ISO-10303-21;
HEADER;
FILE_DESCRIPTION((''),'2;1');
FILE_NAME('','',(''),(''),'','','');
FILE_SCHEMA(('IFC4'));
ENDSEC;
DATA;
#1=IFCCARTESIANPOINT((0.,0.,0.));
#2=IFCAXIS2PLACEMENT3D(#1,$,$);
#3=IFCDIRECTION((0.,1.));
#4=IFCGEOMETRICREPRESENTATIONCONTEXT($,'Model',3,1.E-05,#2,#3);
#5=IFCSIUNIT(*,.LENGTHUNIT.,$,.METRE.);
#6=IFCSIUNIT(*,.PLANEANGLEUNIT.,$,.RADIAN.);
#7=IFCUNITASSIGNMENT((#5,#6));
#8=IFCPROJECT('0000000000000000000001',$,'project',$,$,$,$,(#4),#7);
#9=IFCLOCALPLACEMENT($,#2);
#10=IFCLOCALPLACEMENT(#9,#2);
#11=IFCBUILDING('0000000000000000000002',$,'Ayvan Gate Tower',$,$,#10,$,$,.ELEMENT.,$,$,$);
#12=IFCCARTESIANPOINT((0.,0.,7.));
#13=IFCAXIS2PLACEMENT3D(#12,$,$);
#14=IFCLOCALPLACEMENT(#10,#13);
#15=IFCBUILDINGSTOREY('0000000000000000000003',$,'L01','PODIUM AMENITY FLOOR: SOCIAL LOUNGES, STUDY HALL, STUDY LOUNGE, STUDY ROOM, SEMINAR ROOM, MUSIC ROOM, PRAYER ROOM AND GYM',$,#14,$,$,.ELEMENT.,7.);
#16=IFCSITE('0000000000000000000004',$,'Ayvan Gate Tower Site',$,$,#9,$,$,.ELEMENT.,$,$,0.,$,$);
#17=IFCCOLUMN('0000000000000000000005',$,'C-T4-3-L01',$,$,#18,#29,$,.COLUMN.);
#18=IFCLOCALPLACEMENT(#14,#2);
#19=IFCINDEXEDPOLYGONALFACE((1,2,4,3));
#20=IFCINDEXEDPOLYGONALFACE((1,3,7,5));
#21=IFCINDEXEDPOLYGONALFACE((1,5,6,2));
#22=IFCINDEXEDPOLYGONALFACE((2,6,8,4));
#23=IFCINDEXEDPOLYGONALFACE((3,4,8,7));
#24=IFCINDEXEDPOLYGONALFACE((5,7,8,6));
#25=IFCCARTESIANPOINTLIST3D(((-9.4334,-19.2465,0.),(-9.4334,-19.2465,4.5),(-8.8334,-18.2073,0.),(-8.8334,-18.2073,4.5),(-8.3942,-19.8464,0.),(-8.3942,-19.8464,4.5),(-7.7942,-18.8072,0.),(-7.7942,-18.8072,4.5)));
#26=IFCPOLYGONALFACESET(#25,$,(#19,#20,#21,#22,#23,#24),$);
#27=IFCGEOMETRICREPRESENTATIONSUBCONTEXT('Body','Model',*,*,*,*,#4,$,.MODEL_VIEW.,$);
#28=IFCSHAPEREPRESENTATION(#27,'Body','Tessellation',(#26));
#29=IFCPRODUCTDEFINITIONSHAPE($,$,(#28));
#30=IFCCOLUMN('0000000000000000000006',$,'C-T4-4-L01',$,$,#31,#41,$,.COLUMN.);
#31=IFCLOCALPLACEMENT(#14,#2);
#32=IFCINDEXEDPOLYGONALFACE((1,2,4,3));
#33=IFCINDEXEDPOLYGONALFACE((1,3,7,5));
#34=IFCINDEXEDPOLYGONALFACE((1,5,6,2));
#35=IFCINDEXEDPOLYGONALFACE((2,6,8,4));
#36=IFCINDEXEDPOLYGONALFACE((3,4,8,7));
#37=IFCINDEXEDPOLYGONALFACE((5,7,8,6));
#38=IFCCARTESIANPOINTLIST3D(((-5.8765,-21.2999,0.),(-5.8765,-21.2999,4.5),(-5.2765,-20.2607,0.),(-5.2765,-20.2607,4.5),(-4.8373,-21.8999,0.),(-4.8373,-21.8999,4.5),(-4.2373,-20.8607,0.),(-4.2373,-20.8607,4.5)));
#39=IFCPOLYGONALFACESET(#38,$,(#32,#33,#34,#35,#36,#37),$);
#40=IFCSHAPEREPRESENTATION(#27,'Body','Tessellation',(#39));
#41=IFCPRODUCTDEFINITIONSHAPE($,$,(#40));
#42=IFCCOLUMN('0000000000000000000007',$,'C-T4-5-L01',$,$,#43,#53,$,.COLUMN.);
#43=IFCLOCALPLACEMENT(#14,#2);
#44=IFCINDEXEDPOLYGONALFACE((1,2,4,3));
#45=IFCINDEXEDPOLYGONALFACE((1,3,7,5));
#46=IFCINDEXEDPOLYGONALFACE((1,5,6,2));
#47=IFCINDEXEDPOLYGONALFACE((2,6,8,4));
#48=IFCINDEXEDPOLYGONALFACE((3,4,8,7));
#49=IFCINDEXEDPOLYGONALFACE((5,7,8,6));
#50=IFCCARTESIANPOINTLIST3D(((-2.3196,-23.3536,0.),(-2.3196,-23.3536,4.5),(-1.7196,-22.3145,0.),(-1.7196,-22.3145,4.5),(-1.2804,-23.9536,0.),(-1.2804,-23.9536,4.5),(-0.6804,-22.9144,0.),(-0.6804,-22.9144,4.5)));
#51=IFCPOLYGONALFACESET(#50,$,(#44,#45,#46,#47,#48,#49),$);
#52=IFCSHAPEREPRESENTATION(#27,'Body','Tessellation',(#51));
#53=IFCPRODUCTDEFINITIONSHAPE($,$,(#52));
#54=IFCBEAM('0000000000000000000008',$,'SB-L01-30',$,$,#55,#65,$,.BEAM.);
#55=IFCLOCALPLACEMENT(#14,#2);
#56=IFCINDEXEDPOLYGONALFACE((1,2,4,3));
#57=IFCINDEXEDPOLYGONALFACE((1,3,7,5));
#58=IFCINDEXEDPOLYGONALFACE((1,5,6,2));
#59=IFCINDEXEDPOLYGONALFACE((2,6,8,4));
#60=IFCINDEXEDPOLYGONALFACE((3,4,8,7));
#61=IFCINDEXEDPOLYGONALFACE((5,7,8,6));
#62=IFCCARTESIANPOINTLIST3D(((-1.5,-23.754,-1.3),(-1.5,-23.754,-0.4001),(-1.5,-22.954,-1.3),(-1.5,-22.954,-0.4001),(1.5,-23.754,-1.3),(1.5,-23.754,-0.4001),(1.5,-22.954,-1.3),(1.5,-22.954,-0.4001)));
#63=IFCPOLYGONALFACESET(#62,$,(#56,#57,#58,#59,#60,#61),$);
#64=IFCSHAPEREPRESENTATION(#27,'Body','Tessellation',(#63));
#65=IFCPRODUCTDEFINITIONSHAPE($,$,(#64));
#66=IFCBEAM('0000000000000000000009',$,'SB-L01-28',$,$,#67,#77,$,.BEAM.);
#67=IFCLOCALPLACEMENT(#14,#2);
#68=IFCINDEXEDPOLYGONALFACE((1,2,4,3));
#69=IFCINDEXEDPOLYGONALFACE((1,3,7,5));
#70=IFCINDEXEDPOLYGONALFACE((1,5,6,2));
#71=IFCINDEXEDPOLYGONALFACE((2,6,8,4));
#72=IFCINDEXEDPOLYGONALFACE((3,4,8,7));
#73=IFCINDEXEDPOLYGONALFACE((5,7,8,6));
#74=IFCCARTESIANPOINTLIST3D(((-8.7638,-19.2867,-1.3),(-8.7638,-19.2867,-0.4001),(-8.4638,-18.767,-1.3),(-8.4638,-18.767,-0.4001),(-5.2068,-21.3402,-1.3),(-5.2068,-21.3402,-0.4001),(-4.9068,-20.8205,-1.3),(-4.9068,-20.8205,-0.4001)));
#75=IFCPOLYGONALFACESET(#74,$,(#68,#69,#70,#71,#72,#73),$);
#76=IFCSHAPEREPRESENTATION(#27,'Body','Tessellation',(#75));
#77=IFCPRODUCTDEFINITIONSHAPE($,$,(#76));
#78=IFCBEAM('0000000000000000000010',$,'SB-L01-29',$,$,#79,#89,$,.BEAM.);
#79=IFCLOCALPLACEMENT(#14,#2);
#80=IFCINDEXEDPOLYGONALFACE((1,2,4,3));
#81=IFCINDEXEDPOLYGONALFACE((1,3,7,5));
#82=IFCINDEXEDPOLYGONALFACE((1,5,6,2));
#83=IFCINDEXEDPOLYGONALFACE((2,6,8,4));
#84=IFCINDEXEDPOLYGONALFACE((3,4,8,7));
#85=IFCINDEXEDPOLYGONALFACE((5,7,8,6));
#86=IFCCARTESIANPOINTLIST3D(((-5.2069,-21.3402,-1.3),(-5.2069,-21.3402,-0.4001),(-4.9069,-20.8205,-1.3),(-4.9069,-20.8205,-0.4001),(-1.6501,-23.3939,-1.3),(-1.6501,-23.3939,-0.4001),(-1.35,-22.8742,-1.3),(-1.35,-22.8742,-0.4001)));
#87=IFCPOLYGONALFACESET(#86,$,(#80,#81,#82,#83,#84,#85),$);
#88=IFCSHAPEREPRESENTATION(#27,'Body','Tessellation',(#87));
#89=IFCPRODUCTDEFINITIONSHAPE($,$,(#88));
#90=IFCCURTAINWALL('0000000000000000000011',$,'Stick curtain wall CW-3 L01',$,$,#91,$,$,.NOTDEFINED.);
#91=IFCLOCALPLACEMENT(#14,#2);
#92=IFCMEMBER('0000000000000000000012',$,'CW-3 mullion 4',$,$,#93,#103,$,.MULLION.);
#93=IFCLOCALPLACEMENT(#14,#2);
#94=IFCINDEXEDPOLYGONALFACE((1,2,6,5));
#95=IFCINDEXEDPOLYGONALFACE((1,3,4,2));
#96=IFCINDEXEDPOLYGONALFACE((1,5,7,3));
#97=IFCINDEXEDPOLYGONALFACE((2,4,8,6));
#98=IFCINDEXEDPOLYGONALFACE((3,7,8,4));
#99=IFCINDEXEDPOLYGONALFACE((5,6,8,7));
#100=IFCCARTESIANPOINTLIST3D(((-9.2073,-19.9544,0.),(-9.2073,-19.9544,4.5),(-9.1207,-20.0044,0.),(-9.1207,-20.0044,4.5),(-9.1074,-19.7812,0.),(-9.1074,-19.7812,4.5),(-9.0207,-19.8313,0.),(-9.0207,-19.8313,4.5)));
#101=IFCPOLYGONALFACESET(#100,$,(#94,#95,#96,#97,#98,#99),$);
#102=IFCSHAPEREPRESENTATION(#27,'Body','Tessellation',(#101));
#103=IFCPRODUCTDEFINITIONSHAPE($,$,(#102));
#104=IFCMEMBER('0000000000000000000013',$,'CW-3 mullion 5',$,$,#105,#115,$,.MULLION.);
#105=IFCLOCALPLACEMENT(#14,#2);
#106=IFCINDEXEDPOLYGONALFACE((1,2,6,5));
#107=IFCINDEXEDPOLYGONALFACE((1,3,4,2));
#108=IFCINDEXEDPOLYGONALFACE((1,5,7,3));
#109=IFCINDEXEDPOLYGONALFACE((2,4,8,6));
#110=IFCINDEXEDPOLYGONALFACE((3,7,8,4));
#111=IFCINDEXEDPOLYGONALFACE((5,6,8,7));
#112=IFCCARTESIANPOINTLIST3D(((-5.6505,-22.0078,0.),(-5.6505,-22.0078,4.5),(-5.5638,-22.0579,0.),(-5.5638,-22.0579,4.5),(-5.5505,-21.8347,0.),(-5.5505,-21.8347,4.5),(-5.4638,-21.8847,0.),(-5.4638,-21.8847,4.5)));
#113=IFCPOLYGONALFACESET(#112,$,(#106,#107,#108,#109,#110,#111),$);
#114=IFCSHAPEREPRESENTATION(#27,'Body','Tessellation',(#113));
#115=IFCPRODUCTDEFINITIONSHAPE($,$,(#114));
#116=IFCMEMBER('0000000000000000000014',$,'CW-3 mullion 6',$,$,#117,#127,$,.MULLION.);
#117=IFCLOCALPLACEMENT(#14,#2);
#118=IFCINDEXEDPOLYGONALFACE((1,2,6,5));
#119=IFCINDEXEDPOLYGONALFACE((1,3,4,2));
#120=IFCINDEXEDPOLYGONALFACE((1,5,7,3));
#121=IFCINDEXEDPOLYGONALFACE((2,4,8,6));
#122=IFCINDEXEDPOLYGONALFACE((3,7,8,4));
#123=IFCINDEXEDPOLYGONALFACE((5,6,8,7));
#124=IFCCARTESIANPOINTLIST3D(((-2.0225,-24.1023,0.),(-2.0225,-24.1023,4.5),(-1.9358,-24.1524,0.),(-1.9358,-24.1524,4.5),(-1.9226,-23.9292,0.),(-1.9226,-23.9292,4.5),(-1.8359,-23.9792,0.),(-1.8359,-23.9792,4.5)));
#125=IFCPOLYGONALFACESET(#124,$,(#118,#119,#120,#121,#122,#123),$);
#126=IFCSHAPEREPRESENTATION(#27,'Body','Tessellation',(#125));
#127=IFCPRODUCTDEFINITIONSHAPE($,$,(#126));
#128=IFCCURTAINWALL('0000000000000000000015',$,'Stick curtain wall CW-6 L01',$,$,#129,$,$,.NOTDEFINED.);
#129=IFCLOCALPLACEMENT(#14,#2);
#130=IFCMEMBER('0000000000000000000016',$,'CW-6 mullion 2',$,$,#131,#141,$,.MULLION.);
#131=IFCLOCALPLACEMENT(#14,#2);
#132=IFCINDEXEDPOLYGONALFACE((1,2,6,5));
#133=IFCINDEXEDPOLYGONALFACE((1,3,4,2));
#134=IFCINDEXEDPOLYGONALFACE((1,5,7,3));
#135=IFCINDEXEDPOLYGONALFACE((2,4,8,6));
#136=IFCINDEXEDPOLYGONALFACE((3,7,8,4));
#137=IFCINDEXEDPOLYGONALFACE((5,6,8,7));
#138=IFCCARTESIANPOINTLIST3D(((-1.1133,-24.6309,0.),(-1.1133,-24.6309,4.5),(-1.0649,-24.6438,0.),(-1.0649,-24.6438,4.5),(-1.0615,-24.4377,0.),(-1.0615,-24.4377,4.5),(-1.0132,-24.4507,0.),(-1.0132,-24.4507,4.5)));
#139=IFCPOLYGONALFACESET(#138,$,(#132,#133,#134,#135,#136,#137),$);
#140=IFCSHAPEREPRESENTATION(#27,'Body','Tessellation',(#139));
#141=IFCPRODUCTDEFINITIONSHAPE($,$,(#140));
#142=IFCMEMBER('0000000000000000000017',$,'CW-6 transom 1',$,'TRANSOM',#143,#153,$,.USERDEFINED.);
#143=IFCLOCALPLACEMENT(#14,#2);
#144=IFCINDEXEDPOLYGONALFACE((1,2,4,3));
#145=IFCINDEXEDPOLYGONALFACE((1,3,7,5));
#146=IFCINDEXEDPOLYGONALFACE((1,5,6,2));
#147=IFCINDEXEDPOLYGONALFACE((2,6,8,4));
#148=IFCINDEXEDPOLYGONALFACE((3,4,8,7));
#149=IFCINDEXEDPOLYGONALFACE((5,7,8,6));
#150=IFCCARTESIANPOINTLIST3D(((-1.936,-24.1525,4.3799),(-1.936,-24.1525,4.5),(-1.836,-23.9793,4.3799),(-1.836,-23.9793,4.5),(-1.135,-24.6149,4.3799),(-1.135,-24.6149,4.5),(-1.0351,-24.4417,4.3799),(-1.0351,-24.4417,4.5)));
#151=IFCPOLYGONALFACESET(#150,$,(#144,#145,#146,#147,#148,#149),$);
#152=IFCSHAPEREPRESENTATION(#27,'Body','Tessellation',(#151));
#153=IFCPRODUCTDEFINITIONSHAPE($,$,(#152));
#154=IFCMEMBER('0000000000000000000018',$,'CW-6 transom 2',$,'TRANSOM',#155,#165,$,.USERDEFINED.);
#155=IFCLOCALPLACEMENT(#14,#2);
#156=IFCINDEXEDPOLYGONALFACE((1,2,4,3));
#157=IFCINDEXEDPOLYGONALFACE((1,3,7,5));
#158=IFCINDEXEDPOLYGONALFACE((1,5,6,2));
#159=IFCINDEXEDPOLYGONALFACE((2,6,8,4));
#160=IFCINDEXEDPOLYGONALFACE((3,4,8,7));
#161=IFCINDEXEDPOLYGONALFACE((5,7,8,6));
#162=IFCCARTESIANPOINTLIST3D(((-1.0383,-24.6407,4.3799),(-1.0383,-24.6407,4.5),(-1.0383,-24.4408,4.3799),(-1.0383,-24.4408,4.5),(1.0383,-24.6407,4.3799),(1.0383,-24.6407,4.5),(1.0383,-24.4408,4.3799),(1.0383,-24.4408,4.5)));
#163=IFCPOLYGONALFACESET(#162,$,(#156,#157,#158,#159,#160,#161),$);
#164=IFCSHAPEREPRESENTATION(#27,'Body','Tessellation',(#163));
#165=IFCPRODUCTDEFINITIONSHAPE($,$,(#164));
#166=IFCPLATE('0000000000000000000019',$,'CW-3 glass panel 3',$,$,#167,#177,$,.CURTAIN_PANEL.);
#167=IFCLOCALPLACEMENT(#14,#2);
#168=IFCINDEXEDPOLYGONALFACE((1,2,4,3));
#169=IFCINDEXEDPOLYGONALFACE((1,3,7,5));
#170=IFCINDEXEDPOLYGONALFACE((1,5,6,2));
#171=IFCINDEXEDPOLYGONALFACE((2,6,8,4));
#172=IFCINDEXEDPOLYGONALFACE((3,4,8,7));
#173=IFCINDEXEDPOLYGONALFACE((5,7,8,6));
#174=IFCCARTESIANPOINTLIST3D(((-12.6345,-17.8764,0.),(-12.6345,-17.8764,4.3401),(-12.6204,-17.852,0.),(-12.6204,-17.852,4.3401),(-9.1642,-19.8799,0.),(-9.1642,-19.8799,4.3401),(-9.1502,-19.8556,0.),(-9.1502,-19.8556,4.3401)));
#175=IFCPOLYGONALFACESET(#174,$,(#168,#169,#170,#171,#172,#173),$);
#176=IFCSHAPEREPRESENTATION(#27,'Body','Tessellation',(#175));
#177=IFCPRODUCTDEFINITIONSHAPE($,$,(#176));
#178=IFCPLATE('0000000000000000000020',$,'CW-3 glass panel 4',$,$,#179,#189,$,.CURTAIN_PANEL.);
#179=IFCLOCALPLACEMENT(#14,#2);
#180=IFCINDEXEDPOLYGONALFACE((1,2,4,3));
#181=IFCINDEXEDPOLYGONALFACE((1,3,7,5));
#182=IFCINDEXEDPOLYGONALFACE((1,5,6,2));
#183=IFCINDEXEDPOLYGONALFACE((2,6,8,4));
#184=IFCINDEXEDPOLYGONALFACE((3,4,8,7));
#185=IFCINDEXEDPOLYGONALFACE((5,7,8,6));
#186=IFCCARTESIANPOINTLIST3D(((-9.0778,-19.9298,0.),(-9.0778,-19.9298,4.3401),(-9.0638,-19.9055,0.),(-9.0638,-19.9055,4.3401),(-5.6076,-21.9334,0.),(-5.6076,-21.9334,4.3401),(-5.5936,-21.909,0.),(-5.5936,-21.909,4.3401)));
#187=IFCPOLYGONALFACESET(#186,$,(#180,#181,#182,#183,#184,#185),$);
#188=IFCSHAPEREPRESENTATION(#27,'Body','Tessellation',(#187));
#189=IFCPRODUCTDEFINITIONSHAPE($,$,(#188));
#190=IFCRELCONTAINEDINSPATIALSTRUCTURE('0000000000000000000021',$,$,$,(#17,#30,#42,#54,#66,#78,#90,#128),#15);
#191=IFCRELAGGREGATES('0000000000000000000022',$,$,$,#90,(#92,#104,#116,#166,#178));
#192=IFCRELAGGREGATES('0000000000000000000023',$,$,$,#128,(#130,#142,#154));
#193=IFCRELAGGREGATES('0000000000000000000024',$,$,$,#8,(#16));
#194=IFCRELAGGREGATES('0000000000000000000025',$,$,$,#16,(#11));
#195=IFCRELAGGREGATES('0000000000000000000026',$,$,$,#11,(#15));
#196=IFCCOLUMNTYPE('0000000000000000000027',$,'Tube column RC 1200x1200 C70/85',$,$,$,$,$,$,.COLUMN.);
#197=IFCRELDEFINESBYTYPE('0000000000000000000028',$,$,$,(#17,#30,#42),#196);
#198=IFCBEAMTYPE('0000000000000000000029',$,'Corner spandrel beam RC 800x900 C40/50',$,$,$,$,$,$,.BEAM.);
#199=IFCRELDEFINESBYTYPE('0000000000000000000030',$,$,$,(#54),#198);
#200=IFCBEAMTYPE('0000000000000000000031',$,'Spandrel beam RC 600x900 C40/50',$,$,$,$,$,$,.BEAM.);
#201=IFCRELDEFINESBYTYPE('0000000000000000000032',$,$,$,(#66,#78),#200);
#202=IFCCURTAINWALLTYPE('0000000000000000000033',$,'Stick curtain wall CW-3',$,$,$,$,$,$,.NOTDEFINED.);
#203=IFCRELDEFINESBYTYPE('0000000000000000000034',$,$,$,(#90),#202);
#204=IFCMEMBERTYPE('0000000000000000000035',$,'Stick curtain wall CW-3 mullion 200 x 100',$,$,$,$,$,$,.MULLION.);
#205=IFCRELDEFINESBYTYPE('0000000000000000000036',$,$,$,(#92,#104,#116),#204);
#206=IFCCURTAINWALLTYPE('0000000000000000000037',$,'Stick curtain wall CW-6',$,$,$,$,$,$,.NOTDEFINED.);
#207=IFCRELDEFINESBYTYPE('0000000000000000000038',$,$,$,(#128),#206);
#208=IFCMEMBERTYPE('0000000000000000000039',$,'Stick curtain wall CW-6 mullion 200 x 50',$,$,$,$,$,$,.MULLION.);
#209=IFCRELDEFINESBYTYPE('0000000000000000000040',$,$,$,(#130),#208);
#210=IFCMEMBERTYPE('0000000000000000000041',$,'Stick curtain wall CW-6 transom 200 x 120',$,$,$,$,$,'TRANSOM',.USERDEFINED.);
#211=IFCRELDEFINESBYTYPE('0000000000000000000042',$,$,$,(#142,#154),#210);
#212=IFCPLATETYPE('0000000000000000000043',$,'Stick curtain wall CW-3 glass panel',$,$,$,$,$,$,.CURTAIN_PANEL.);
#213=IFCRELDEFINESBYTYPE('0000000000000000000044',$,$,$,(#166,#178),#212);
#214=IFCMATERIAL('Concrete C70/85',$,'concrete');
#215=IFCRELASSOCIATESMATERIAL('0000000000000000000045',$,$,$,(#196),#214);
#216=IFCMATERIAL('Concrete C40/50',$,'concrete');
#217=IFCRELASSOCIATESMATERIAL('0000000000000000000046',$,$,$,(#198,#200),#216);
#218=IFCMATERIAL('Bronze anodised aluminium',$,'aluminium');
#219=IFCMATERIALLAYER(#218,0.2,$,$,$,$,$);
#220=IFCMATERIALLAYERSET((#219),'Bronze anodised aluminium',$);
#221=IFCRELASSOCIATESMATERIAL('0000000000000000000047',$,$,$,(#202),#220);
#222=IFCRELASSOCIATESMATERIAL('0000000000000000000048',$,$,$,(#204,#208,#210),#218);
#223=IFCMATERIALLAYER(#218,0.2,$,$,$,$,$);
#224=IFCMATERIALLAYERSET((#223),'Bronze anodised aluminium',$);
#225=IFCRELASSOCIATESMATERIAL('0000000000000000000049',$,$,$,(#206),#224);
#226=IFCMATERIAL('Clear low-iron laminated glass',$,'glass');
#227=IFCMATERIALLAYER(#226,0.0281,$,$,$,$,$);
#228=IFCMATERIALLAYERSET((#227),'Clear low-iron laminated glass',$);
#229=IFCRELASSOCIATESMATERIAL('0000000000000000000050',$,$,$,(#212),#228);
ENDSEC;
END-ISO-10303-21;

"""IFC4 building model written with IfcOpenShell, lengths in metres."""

from ifc_helpers import new_model, si_unit, direction, frame, origin, origin_2d, place, context, subcontext, project, spatial, rectangle, extrude, material, layer, layer_set, material_profile, profile_set, type_object, element, aggregate, save


model = new_model("IFC4")

# Units and contexts
model_context = context("Model", 3, precision=1e-05, world=origin(), true_north=direction((0.0, 1.0)))
body_context = subcontext(model_context, "Body", "Model", "MODEL_VIEW")
ifc_project = project(units=[si_unit("LENGTHUNIT", "METRE"), si_unit("PLANEANGLEUNIT", "RADIAN")], contexts=[model_context])

# Site, building, storey
site_placement = place(None, origin())
site = spatial("IfcSite", under=ifc_project, at=site_placement, Name="Ayvan Gate Tower Site", CompositionType="ELEMENT", RefElevation=0.0)
building_placement = place(site_placement, origin())
building = spatial("IfcBuilding", under=site, at=building_placement, Name="Ayvan Gate Tower", CompositionType="ELEMENT")
storey_placement = place(building_placement, frame((0.0, 0.0, 7.0)))
storey = spatial("IfcBuildingStorey", under=building, at=storey_placement, Name="L01", Description="PODIUM AMENITY FLOOR: SOCIAL LOUNGES, STUDY HALL, STUDY LOUNGE, STUDY ROOM, SEMINAR ROOM, MUSIC ROOM, PRAYER ROOM AND GYM", CompositionType="ELEMENT", Elevation=7.0)

# Columns
ifc_material_1 = material(Name="Concrete C70/85", Category="concrete")
ifc_material_profile_1 = material_profile(ifc_material_1, rectangle(XDim=1.2, YDim=1.2, at=origin_2d()), Name="RC 1200x1200")
ifc_profile_set_1 = profile_set([ifc_material_profile_1], Name="Concrete C70/85")
column_type = type_object("IfcColumnType", Name="Tube column RC 1200x1200 C70/85", PredefinedType="COLUMN", material=ifc_profile_set_1)
for number, where, z_axis, x_axis, name in (
    (1, (-8.6138, -19.0269, 0.0), (0.0, 0.0, 1.0), (-0.5, -0.866025, 0.0), "C-T4-3-L01"),
    (2, (-5.0569, -21.0803, 0.0), (0.0, 0.0, 1.0), (-0.5, -0.866025, 0.0), "C-T4-4-L01"),
    (3, (-1.5, -23.134, 0.0), (0.0, 0.0, 1.0), (-0.5, -0.866025, 0.0), "C-T4-5-L01"),
):
    element("IfcColumn", number, at=place(storey_placement, frame(where, z_axis=z_axis, x_axis=x_axis)), inside=storey, type_object=column_type, Name=name, PredefinedType="COLUMN", context=body_context, shape_type="SweptSolid", body=[
        extrude(rectangle(XDim=1.2, YDim=1.2, at=origin_2d()), origin(), (0.0, 0.0, 1.0), 4.5),
    ])

# Beams
ifc_material_2 = material(Name="Concrete C40/50", Category="concrete")
ifc_material_profile_2 = material_profile(ifc_material_2, rectangle(XDim=0.8, YDim=0.8999, at=origin_2d()), Name="RC 800x900")
ifc_profile_set_2 = profile_set([ifc_material_profile_2], Name="Concrete C40/50")
beam_type_1 = type_object("IfcBeamType", Name="Corner spandrel beam RC 800x900 C40/50", PredefinedType="BEAM", material=ifc_profile_set_2)
beam_placement = place(storey_placement, frame((-1.5, -23.354, -0.8501), z_axis=(1.0, 0.0, 0.0), x_axis=(0.0, 1.0, 0.0)))
element("IfcBeam", 4, at=beam_placement, inside=storey, type_object=beam_type_1, Name="SB-L01-30", PredefinedType="BEAM", context=body_context, shape_type="SweptSolid", body=[
    extrude(rectangle(XDim=0.8, YDim=0.8999, at=origin_2d()), origin(), (0.0, 0.0, 1.0), 3.0),
])
ifc_material_profile_3 = material_profile(ifc_material_2, rectangle(XDim=0.6001, YDim=0.8999, at=origin_2d()), Name="RC 600x900")
ifc_profile_set_3 = profile_set([ifc_material_profile_3], Name="Concrete C40/50")
beam_type_2 = type_object("IfcBeamType", Name="Spandrel beam RC 600x900 C40/50", PredefinedType="BEAM", material=ifc_profile_set_3)
for number, where, z_axis, x_axis, name in (
    (5, (-8.6138, -19.0269, -0.8501), (0.866036, -0.499981, 0.0), (0.499981, 0.866036, 0.0), "SB-L01-28"),
    (6, (-5.0569, -21.0803, -0.8501), (0.86601, -0.500026, 0.0), (0.500026, 0.86601, 0.0), "SB-L01-29"),
):
    element("IfcBeam", number, at=place(storey_placement, frame(where, z_axis=z_axis, x_axis=x_axis)), inside=storey, type_object=beam_type_2, Name=name, PredefinedType="BEAM", context=body_context, shape_type="SweptSolid", body=[
        extrude(rectangle(XDim=0.6001, YDim=0.8999, at=origin_2d()), origin(), (0.0, 0.0, 1.0), 4.1072),
    ])

# Curtain walls, members
ifc_material_3 = material(Name="Bronze anodised aluminium", Category="aluminium")
ifc_layer_1 = layer(ifc_material_3, 0.2)
ifc_layer_set_1 = layer_set([ifc_layer_1], Name="Bronze anodised aluminium")
curtain_wall_type_1 = type_object("IfcCurtainWallType", Name="Stick curtain wall CW-3", PredefinedType="NOTDEFINED", material=ifc_layer_set_1)
curtain_wall_1_placement = place(storey_placement, origin())
curtain_wall_1 = element("IfcCurtainWall", 7, at=curtain_wall_1_placement, inside=storey, type_object=curtain_wall_type_1, Name="Stick curtain wall CW-3 L01", PredefinedType="NOTDEFINED")
ifc_material_profile_4 = material_profile(ifc_material_3, rectangle(XDim=0.2, YDim=0.1001, at=origin_2d()), Name="Stick curtain wall CW-3 mullion 200 x 100")
ifc_profile_set_4 = profile_set([ifc_material_profile_4], Name="Bronze anodised aluminium")
member_type_1 = type_object("IfcMemberType", Name="Stick curtain wall CW-3 mullion 200 x 100", PredefinedType="MULLION", material=ifc_profile_set_4)
member_1_placement = place(storey_placement, frame((-9.114, -19.8928, 0.0), z_axis=(0.0, 0.0, 1.0), x_axis=(-0.5, -0.866025, 0.0)))
member_1 = element("IfcMember", 8, at=member_1_placement, type_object=member_type_1, Name="CW-3 mullion 4", PredefinedType="MULLION", context=body_context, shape_type="SweptSolid", body=[
    extrude(rectangle(XDim=0.2, YDim=0.1001, at=origin_2d()), origin(), (0.0, 0.0, 1.0), 4.5),
])
member_2_placement = place(storey_placement, frame((-5.5571, -21.9463, 0.0), z_axis=(0.0, 0.0, 1.0), x_axis=(-0.5, -0.866025, 0.0)))
member_2 = element("IfcMember", 9, at=member_2_placement, type_object=member_type_1, Name="CW-3 mullion 5", PredefinedType="MULLION", context=body_context, shape_type="SweptSolid", body=[
    extrude(rectangle(XDim=0.2, YDim=0.1001, at=origin_2d()), origin(), (0.0, 0.0, 1.0), 4.5),
])
member_3_placement = place(storey_placement, frame((-1.9292, -24.0408, 0.0), z_axis=(0.0, 0.0, 1.0), x_axis=(-0.5, -0.866025, 0.0)))
member_3 = element("IfcMember", 10, at=member_3_placement, type_object=member_type_1, Name="CW-3 mullion 6", PredefinedType="MULLION", context=body_context, shape_type="SweptSolid", body=[
    extrude(rectangle(XDim=0.2, YDim=0.1001, at=origin_2d()), origin(), (0.0, 0.0, 1.0), 4.5),
])
ifc_layer_2 = layer(ifc_material_3, 0.2)
ifc_layer_set_2 = layer_set([ifc_layer_2], Name="Bronze anodised aluminium")
curtain_wall_type_2 = type_object("IfcCurtainWallType", Name="Stick curtain wall CW-6", PredefinedType="NOTDEFINED", material=ifc_layer_set_2)
curtain_wall_2_placement = place(storey_placement, origin())
curtain_wall_2 = element("IfcCurtainWall", 11, at=curtain_wall_2_placement, inside=storey, type_object=curtain_wall_type_2, Name="Stick curtain wall CW-6 L01", PredefinedType="NOTDEFINED")
ifc_material_profile_5 = material_profile(ifc_material_3, rectangle(XDim=0.2, YDim=0.05, at=origin_2d()), Name="Stick curtain wall CW-6 mullion 200 x 50")
ifc_profile_set_5 = profile_set([ifc_material_profile_5], Name="Bronze anodised aluminium")
member_type_2 = type_object("IfcMemberType", Name="Stick curtain wall CW-6 mullion 200 x 50", PredefinedType="MULLION", material=ifc_profile_set_5)
member_4_placement = place(storey_placement, frame((-1.0632, -24.5408, 0.0), z_axis=(0.0, 0.0, 1.0), x_axis=(-0.258819, -0.965926, 0.0)))
member_4 = element("IfcMember", 12, at=member_4_placement, type_object=member_type_2, Name="CW-6 mullion 2", PredefinedType="MULLION", context=body_context, shape_type="SweptSolid", body=[
    extrude(rectangle(XDim=0.2, YDim=0.05, at=origin_2d()), origin(), (0.0, 0.0, 1.0), 4.5),
])
ifc_material_profile_6 = material_profile(ifc_material_3, rectangle(XDim=0.2, YDim=0.1201, at=origin_2d()), Name="Stick curtain wall CW-6 transom 200 x 120")
ifc_profile_set_6 = profile_set([ifc_material_profile_6], Name="Bronze anodised aluminium")
member_type_3 = type_object("IfcMemberType", Name="Stick curtain wall CW-6 transom 200 x 120", ElementType="TRANSOM", PredefinedType="USERDEFINED", material=ifc_profile_set_6)
member_5_placement = place(storey_placement, frame((-1.886, -24.0659, 4.4399), z_axis=(0.866058, -0.499943, 0.0), x_axis=(0.499943, 0.866058, 0.0)))
member_5 = element("IfcMember", 13, at=member_5_placement, type_object=member_type_3, Name="CW-6 transom 1", ObjectType="TRANSOM", PredefinedType="USERDEFINED", context=body_context, shape_type="SweptSolid", body=[
    extrude(rectangle(XDim=0.2, YDim=0.1201, at=origin_2d()), origin(), (0.0, 0.0, 1.0), 0.9248),
])
member_6_placement = place(storey_placement, frame((-1.0383, -24.5408, 4.4399), z_axis=(1.0, 0.0, 0.0), x_axis=(0.0, 1.0, 0.0)))
member_6 = element("IfcMember", 14, at=member_6_placement, type_object=member_type_3, Name="CW-6 transom 2", ObjectType="TRANSOM", PredefinedType="USERDEFINED", context=body_context, shape_type="SweptSolid", body=[
    extrude(rectangle(XDim=0.2, YDim=0.1201, at=origin_2d()), origin(), (0.0, 0.0, 1.0), 2.0767),
])

# Plates
ifc_material_4 = material(Name="Clear low-iron laminated glass", Category="glass")
ifc_layer_3 = layer(ifc_material_4, 0.0281)
ifc_layer_set_3 = layer_set([ifc_layer_3], Name="Clear low-iron laminated glass")
plate_type_1 = type_object("IfcPlateType", Name="Stick curtain wall CW-3 glass panel", PredefinedType="CURTAIN_PANEL", material=ifc_layer_set_3)
plate_1_placement = place(storey_placement, frame((-10.8923, -18.866, 0.0), z_axis=(0.0, 0.0, 1.0), x_axis=(0.866025, -0.5, 0.0)))
plate_1 = element("IfcPlate", 15, at=plate_1_placement, type_object=plate_type_1, Name="CW-3 glass panel 3", PredefinedType="CURTAIN_PANEL", context=body_context, shape_type="SweptSolid", body=[
    extrude(rectangle(XDim=4.0071, YDim=0.0281, at=origin_2d()), origin(), (0.0, 0.0, 1.0), 4.3401),
])
plate_2_placement = place(storey_placement, frame((-7.3357, -20.9194, 0.0), z_axis=(0.0, 0.0, 1.0), x_axis=(0.866025, -0.5, 0.0)))
plate_2 = element("IfcPlate", 16, at=plate_2_placement, type_object=plate_type_1, Name="CW-3 glass panel 4", PredefinedType="CURTAIN_PANEL", context=body_context, shape_type="SweptSolid", body=[
    extrude(rectangle(XDim=4.0071, YDim=0.0281, at=origin_2d()), origin(), (0.0, 0.0, 1.0), 4.3401),
])
aggregate(curtain_wall_1, [member_1, member_2, member_3, plate_1, plate_2])
aggregate(curtain_wall_2, [member_4, member_5, member_6])

save(model, "model.ifc")
